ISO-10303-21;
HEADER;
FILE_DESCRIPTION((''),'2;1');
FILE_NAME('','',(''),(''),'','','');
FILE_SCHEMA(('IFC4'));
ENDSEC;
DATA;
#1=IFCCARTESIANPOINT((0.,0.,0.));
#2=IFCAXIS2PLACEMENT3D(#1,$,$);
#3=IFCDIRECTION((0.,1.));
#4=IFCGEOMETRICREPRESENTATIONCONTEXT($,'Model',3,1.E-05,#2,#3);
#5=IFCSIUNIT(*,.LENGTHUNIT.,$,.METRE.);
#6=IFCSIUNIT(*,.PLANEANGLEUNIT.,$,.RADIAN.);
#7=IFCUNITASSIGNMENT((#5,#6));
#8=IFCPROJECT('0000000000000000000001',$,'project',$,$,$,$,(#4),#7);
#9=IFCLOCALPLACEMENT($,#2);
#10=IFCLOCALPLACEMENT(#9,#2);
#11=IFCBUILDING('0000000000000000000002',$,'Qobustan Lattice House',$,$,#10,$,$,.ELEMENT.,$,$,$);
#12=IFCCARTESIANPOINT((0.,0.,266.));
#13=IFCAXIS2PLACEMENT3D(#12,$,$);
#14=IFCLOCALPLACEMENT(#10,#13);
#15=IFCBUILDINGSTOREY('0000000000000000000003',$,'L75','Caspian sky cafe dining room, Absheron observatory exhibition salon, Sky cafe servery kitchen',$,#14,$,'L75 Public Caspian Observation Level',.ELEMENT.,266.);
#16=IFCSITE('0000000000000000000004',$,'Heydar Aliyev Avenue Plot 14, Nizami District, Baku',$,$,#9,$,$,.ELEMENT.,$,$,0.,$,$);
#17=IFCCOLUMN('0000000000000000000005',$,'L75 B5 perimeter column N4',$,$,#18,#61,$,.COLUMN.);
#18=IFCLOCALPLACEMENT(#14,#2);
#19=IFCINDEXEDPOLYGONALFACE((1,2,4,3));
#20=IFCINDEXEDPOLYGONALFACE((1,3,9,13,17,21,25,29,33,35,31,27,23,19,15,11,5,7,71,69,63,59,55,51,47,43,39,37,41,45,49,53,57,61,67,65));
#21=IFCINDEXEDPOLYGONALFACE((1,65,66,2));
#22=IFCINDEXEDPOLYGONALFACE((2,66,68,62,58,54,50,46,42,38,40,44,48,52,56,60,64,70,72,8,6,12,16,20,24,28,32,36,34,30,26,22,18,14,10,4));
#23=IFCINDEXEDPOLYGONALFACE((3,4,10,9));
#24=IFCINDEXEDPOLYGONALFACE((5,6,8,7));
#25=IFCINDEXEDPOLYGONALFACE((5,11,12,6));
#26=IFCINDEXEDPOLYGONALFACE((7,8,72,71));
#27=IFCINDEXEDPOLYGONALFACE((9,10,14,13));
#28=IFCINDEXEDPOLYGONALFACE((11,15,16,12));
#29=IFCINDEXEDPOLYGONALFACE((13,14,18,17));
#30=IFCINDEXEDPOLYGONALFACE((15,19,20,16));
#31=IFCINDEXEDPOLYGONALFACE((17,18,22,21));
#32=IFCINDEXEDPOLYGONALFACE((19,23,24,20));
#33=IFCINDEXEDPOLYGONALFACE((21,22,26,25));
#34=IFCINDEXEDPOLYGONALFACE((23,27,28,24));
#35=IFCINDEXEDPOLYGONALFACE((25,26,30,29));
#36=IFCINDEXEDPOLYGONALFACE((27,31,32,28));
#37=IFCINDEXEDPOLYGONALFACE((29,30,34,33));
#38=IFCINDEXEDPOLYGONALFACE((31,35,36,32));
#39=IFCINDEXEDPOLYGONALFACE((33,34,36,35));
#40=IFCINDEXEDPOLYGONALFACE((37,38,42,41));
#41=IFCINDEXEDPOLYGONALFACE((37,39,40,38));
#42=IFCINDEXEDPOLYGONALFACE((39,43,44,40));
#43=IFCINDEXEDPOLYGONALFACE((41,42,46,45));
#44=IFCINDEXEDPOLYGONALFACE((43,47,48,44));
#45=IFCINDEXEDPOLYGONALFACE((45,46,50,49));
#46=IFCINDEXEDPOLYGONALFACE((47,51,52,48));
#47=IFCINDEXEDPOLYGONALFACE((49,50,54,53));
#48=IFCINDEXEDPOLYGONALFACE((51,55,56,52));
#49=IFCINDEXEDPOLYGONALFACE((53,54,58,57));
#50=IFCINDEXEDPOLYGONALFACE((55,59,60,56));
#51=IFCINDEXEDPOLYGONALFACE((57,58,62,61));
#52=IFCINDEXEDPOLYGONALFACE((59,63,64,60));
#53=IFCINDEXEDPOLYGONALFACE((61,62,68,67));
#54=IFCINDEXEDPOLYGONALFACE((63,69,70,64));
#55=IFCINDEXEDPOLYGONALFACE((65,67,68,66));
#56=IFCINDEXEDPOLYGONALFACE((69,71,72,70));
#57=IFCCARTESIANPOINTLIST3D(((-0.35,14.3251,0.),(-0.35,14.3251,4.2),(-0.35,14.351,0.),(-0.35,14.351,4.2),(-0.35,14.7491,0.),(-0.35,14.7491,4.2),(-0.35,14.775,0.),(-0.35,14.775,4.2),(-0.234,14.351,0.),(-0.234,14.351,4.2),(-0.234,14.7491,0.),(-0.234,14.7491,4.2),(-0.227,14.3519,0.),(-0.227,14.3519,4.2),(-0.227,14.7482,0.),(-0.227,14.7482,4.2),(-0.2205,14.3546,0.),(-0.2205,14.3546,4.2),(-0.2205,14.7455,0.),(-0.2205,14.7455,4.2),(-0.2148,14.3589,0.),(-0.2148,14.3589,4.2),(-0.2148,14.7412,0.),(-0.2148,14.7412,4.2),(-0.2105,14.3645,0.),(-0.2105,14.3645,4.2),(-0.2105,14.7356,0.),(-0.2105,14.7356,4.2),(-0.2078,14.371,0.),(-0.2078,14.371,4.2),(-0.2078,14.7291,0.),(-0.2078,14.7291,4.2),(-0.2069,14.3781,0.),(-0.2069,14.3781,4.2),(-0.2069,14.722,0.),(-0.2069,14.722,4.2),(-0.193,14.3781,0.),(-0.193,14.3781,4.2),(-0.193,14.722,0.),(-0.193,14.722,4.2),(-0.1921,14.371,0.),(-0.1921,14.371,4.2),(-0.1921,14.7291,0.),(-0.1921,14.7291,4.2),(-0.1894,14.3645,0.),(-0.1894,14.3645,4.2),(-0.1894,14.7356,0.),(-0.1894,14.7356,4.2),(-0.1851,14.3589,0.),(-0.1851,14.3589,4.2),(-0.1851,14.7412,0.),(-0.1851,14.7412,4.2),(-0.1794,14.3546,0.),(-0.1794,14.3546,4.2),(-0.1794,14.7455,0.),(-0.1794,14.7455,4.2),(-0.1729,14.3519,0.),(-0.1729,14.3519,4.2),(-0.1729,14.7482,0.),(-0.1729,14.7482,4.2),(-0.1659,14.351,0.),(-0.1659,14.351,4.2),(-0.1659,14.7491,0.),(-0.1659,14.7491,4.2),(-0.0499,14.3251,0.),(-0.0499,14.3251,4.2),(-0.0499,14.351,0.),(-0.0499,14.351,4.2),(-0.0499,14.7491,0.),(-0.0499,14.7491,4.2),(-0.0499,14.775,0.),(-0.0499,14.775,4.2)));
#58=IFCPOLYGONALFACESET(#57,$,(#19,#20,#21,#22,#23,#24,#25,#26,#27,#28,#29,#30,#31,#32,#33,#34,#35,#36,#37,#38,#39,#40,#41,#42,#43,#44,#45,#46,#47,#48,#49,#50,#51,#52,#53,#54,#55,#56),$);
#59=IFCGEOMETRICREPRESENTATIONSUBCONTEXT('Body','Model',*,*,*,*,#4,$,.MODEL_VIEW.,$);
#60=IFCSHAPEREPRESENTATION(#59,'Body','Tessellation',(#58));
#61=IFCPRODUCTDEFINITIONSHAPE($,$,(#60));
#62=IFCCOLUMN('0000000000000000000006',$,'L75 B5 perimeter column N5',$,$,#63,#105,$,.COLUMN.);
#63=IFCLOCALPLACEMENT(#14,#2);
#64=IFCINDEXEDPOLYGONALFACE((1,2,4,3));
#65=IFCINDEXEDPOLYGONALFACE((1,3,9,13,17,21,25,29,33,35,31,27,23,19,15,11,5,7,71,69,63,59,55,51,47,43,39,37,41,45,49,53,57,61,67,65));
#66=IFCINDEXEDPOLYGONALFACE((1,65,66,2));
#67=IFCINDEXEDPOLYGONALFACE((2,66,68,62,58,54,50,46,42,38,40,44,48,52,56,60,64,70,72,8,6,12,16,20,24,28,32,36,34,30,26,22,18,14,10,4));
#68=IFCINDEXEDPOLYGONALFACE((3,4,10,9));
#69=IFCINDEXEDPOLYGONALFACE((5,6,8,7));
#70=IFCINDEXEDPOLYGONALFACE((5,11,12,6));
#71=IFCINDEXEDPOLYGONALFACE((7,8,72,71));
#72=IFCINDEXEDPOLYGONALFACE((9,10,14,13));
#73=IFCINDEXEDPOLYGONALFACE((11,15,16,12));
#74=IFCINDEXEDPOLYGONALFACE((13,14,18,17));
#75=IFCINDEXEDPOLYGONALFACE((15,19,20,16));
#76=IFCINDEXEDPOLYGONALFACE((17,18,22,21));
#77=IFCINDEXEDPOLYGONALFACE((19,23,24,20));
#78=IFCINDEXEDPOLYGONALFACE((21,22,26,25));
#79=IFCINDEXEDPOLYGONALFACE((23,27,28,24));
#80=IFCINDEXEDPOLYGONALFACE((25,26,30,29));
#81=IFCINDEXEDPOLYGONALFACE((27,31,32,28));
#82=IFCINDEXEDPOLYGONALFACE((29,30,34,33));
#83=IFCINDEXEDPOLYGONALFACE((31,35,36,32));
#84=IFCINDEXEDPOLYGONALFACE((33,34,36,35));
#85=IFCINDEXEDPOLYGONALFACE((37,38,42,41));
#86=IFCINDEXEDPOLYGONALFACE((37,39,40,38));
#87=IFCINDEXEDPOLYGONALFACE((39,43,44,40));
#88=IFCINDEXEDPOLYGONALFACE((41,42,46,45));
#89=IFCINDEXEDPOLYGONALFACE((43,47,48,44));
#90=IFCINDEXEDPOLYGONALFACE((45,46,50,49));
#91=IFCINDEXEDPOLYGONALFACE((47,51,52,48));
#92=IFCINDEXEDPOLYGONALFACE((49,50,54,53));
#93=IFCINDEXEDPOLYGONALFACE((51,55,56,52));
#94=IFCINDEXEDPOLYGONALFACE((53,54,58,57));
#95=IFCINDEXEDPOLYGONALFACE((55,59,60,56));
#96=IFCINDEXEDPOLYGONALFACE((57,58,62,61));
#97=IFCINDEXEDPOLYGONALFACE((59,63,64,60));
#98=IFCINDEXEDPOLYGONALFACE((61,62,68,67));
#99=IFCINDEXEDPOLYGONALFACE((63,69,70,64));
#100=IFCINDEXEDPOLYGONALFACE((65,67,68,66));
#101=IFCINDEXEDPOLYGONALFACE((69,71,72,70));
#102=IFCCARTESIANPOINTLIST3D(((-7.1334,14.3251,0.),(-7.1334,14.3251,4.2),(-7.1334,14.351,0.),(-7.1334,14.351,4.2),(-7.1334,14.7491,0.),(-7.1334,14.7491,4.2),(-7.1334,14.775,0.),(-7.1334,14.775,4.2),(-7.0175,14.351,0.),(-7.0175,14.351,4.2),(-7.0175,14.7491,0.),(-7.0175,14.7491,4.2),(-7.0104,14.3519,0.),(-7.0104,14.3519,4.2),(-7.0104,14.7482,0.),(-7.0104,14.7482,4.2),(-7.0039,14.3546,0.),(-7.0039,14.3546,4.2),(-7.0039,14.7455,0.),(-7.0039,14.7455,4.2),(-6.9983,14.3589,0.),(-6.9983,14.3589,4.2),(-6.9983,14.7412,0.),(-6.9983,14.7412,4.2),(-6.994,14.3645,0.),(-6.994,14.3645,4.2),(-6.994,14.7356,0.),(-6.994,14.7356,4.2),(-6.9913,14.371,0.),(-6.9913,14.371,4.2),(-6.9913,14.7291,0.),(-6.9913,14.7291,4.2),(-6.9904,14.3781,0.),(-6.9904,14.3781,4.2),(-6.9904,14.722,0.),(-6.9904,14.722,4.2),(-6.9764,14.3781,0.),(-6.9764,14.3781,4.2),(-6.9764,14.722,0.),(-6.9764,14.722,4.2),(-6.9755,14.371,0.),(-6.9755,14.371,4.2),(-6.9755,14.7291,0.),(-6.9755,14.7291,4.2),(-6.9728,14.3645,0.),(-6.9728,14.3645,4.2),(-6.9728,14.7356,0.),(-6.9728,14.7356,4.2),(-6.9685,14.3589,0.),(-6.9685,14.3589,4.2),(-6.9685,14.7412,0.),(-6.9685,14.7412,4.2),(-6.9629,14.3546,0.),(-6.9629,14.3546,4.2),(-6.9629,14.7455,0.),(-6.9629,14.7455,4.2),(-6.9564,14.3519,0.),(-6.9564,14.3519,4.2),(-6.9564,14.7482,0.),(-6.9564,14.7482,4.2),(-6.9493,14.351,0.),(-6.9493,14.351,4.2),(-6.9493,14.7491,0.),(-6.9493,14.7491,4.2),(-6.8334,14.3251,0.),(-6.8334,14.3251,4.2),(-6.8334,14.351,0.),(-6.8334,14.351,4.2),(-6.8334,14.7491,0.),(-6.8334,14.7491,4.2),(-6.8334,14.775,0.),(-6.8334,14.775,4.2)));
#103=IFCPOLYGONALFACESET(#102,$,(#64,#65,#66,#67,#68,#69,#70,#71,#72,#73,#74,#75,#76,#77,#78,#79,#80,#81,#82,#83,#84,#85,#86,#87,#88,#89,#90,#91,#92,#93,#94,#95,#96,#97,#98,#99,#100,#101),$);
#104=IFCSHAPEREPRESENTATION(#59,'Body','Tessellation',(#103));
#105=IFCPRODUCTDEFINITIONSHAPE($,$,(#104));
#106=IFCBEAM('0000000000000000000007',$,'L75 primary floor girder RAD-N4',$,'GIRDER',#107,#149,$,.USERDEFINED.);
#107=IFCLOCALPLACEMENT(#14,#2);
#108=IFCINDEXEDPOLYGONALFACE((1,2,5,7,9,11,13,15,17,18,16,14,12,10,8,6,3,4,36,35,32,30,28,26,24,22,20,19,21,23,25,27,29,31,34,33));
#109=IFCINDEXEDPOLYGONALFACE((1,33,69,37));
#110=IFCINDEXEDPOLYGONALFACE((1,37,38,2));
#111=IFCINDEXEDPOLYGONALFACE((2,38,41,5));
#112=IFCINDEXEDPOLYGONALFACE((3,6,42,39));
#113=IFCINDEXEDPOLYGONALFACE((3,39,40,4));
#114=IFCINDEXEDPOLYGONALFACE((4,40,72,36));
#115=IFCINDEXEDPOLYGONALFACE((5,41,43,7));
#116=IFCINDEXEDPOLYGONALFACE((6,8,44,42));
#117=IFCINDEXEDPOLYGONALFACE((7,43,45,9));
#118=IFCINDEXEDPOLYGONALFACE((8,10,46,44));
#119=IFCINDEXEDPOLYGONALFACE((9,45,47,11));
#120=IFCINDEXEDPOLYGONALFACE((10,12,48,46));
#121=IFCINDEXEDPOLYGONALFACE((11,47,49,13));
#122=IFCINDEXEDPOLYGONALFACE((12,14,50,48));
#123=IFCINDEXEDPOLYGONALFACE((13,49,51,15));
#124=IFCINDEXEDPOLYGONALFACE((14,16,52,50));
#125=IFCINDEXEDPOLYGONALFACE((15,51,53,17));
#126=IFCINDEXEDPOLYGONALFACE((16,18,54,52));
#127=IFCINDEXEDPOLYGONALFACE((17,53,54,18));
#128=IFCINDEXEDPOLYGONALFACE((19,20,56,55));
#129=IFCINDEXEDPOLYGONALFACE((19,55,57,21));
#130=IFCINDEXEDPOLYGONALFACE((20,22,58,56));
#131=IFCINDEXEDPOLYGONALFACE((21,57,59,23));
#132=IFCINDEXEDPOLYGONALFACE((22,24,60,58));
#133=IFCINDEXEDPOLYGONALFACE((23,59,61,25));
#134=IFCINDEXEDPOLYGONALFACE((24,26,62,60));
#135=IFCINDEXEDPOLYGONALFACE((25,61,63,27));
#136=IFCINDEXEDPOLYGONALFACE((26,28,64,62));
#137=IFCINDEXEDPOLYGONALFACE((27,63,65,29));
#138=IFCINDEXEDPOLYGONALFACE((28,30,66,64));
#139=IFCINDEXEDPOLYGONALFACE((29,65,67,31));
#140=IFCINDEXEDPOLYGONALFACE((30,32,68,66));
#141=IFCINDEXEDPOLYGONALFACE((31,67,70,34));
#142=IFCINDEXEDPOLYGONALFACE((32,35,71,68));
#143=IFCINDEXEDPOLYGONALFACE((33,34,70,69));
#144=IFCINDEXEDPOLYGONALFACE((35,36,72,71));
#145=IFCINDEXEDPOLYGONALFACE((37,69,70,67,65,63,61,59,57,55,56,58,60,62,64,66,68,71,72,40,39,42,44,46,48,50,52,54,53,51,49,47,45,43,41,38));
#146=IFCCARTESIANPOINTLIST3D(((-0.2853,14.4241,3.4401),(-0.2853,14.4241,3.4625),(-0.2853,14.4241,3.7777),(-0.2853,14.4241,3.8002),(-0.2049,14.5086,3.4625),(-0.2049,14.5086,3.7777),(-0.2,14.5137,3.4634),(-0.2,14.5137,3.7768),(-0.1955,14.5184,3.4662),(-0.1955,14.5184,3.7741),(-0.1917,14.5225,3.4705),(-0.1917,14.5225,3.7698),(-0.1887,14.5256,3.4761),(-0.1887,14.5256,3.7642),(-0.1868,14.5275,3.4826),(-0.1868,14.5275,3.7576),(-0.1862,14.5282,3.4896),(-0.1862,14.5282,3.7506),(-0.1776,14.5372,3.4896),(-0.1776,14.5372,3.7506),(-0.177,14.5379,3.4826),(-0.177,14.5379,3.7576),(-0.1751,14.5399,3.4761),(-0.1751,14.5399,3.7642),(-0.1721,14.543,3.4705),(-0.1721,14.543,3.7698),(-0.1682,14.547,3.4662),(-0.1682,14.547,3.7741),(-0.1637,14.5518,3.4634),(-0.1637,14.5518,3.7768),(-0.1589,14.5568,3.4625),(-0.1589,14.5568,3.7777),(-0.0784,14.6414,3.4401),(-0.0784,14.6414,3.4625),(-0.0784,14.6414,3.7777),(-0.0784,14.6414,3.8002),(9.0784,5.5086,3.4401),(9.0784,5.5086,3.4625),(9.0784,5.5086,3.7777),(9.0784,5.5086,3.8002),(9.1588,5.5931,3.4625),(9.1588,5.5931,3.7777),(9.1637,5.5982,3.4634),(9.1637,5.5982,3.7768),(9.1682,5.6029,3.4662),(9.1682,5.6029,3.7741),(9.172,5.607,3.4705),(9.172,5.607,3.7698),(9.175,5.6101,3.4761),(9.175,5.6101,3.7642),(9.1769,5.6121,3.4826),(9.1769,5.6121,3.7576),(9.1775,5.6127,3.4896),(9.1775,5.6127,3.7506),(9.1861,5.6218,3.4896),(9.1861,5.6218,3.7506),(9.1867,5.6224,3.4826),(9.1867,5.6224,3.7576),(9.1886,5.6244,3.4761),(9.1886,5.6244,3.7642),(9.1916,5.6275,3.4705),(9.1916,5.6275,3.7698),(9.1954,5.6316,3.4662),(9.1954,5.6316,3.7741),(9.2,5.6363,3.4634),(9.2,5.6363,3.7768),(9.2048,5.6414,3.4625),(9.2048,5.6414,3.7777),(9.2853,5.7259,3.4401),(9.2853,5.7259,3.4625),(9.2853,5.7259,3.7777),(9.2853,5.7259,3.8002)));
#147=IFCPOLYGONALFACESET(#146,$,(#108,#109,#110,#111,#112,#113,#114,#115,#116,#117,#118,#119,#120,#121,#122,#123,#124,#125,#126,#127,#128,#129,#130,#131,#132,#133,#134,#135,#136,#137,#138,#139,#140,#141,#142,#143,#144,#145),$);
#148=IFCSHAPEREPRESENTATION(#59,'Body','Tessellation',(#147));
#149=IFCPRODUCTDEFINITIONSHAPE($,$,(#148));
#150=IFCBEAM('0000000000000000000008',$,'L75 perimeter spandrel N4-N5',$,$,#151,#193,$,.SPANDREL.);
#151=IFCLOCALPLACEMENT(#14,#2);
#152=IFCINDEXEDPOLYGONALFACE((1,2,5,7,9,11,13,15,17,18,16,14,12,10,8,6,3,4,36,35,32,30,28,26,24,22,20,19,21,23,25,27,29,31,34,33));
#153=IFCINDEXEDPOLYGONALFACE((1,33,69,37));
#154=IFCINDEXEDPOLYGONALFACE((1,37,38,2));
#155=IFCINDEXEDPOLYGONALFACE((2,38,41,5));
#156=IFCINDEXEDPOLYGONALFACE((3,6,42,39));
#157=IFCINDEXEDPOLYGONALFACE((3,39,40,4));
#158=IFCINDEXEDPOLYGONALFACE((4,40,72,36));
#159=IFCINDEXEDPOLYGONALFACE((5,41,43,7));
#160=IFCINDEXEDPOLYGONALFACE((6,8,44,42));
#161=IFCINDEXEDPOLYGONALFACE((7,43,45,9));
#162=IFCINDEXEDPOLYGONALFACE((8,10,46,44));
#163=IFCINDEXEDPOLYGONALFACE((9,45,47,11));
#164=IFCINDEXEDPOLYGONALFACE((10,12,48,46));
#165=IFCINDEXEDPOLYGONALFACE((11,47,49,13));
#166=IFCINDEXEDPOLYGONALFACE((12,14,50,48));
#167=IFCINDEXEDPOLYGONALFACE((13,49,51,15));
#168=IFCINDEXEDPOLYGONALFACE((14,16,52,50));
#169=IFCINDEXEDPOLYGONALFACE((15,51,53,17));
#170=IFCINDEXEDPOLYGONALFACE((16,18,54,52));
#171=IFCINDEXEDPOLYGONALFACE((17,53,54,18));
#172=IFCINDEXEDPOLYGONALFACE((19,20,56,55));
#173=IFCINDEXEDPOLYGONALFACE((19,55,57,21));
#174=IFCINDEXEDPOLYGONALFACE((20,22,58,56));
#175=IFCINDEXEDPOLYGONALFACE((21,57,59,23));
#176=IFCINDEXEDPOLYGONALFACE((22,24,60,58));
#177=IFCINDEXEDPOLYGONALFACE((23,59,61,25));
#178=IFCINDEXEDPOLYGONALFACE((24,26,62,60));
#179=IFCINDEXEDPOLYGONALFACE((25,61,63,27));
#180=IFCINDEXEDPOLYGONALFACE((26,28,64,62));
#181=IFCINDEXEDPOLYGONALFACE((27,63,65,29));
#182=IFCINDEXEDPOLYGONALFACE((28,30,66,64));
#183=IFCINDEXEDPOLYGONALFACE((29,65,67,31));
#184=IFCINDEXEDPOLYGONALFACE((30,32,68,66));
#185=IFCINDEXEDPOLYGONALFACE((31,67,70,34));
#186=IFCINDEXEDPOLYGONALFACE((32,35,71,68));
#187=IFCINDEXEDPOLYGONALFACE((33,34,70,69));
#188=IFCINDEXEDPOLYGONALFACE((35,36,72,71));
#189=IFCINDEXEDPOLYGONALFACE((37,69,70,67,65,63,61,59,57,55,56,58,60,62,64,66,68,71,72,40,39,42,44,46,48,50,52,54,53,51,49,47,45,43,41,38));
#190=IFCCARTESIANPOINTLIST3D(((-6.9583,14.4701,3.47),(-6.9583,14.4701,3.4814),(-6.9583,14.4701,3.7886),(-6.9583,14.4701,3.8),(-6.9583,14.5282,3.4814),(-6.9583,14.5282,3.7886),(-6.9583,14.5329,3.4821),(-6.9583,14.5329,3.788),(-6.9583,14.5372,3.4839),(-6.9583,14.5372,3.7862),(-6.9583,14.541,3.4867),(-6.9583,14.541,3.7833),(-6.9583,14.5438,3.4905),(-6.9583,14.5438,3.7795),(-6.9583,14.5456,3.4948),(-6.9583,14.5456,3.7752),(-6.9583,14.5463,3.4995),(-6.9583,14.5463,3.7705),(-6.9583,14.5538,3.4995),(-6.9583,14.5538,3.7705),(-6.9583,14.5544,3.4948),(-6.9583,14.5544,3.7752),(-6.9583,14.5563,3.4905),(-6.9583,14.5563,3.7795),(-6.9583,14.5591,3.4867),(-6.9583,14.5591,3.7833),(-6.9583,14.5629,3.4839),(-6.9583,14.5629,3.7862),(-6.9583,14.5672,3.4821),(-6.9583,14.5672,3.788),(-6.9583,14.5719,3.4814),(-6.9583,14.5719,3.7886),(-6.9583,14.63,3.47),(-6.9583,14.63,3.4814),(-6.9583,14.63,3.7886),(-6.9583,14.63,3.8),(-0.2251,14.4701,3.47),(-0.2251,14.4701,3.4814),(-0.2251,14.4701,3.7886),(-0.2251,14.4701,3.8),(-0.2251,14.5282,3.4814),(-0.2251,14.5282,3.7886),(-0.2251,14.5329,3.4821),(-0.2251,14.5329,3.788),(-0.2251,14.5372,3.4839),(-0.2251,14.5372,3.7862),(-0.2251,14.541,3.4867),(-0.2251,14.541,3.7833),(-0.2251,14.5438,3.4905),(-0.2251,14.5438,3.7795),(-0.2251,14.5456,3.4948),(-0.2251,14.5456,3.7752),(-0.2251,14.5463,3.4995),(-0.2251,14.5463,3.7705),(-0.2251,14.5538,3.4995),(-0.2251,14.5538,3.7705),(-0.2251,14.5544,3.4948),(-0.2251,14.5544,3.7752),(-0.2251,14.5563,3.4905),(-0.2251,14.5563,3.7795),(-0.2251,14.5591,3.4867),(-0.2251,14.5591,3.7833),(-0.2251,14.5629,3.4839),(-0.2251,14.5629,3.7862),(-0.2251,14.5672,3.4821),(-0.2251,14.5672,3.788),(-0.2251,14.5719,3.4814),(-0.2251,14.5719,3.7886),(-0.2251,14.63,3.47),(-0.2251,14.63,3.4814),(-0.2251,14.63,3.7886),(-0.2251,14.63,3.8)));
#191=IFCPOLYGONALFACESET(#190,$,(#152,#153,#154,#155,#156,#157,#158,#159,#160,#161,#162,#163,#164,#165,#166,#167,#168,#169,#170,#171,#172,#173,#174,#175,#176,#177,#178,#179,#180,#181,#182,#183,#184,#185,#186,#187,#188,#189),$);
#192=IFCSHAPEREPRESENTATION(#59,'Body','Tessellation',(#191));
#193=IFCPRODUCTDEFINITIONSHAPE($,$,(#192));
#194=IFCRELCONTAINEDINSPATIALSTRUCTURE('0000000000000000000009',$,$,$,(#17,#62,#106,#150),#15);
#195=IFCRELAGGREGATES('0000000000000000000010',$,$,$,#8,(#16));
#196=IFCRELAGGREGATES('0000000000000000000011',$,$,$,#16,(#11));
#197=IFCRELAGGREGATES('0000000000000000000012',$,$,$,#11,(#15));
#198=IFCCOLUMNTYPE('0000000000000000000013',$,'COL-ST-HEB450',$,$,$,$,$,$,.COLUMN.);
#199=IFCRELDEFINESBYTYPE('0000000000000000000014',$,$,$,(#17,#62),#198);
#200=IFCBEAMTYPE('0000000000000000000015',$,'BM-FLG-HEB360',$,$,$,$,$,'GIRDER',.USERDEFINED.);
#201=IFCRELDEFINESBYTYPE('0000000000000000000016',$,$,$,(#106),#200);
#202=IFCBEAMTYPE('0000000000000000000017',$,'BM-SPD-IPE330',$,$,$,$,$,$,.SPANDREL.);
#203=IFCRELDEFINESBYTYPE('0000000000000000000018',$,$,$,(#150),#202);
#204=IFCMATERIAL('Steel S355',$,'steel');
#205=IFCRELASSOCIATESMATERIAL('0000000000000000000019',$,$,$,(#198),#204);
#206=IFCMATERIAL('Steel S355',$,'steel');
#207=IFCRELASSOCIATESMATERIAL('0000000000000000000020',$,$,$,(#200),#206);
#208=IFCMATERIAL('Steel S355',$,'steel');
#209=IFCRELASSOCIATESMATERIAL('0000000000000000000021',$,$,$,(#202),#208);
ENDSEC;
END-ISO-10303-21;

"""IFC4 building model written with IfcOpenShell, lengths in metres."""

from ifc_helpers import new_model, si_unit, direction, frame, origin, origin_2d, place, context, subcontext, project, spatial, i_section, extrude, material, material_profile, profile_set, type_object, element, save


model = new_model("IFC4")

# Units and contexts
model_context = context("Model", 3, precision=1e-05, world=origin(), true_north=direction((0.0, 1.0)))
body_context = subcontext(model_context, "Body", "Model", "MODEL_VIEW")
ifc_project = project(units=[si_unit("LENGTHUNIT", "METRE"), si_unit("PLANEANGLEUNIT", "RADIAN")], contexts=[model_context])

# Site, building, storey
site_placement = place(None, origin())
site = spatial("IfcSite", under=ifc_project, at=site_placement, Name="Heydar Aliyev Avenue Plot 14, Nizami District, Baku", CompositionType="ELEMENT", RefElevation=0.0)
building_placement = place(site_placement, origin())
building = spatial("IfcBuilding", under=site, at=building_placement, Name="Qobustan Lattice House", CompositionType="ELEMENT")
storey_placement = place(building_placement, frame((0.0, 0.0, 266.0)))
storey = spatial("IfcBuildingStorey", under=building, at=storey_placement, Name="L75", Description="Caspian sky cafe dining room, Absheron observatory exhibition salon, Sky cafe servery kitchen", LongName="L75 Public Caspian Observation Level", CompositionType="ELEMENT", Elevation=266.0)

# Columns
ifc_material_1 = material(Name="Steel S355", Category="steel")
ifc_material_profile_1 = material_profile(ifc_material_1, i_section(OverallWidth=0.3, OverallDepth=0.45, WebThickness=0.0139, FlangeThickness=0.0259, FilletRadius=0.0271, at=origin_2d()), Name="HEB450")
ifc_profile_set_1 = profile_set([ifc_material_profile_1], Name="Steel S355")
column_type = type_object("IfcColumnType", Name="COL-ST-HEB450", PredefinedType="COLUMN", material=ifc_profile_set_1)
for number, where, z_axis, x_axis, name in (
    (1, (-0.2, 14.55, 0.0), (0.0, 0.0, 1.0), (1.0, 0.0, 0.0), "L75 B5 perimeter column N4"),
    (2, (-6.9834, 14.55, 0.0), (0.0, 0.0, 1.0), (1.0, 0.0, 0.0), "L75 B5 perimeter column N5"),
):
    element("IfcColumn", number, at=place(storey_placement, frame(where, z_axis=z_axis, x_axis=x_axis)), inside=storey, type_object=column_type, Name=name, PredefinedType="COLUMN", context=body_context, shape_type="SweptSolid", body=[
        extrude(i_section(OverallWidth=0.3, OverallDepth=0.45, WebThickness=0.0139, FlangeThickness=0.0259, FilletRadius=0.0271, at=origin_2d()), origin(), (0.0, 0.0, 1.0), 4.2),
    ])

# Beams
ifc_material_2 = material(Name="Steel S355", Category="steel")
ifc_material_profile_2 = material_profile(ifc_material_2, i_section(OverallWidth=0.3, OverallDepth=0.3601, WebThickness=0.0125, FlangeThickness=0.0225, FilletRadius=0.0271, at=origin_2d()), Name="HEB360")
ifc_profile_set_2 = profile_set([ifc_material_profile_2], Name="Steel S355")
beam_type_1 = type_object("IfcBeamType", Name="BM-FLG-HEB360", ElementType="GIRDER", PredefinedType="USERDEFINED", material=ifc_profile_set_2)
beam_1_placement = place(storey_placement, frame((-0.1819, 14.5327, 3.6201), z_axis=(0.724229, -0.68956, 0.0), x_axis=(0.68956, 0.724229, 0.0)))
element("IfcBeam", 3, at=beam_1_placement, inside=storey, type_object=beam_type_1, Name="L75 primary floor girder RAD-N4", ObjectType="GIRDER", PredefinedType="USERDEFINED", context=body_context, shape_type="SweptSolid", body=[
    extrude(i_section(OverallWidth=0.3, OverallDepth=0.3601, WebThickness=0.0125, FlangeThickness=0.0225, FilletRadius=0.0271, at=origin_2d()), origin(), (0.0, 0.0, 1.0), 12.9292),
])
ifc_material_3 = material(Name="Steel S355", Category="steel")
ifc_material_profile_3 = material_profile(ifc_material_3, i_section(OverallWidth=0.1599, OverallDepth=0.3301, WebThickness=0.0076, FlangeThickness=0.0115, FilletRadius=0.0181, at=origin_2d()), Name="IPE330")
ifc_profile_set_3 = profile_set([ifc_material_profile_3], Name="Steel S355")
beam_type_2 = type_object("IfcBeamType", Name="BM-SPD-IPE330", PredefinedType="SPANDREL", material=ifc_profile_set_3)
beam_2_placement = place(storey_placement, frame((-0.2251, 14.55, 3.635), z_axis=(-1.0, 0.0, 0.0), x_axis=(0.0, -1.0, 0.0)))
element("IfcBeam", 4, at=beam_2_placement, inside=storey, type_object=beam_type_2, Name="L75 perimeter spandrel N4-N5", PredefinedType="SPANDREL", context=body_context, shape_type="SweptSolid", body=[
    extrude(i_section(OverallWidth=0.1599, OverallDepth=0.3301, WebThickness=0.0076, FlangeThickness=0.0115, FilletRadius=0.0181, at=origin_2d()), origin(), (0.0, 0.0, 1.0), 6.7332),
])

save(model, "model.ifc")
